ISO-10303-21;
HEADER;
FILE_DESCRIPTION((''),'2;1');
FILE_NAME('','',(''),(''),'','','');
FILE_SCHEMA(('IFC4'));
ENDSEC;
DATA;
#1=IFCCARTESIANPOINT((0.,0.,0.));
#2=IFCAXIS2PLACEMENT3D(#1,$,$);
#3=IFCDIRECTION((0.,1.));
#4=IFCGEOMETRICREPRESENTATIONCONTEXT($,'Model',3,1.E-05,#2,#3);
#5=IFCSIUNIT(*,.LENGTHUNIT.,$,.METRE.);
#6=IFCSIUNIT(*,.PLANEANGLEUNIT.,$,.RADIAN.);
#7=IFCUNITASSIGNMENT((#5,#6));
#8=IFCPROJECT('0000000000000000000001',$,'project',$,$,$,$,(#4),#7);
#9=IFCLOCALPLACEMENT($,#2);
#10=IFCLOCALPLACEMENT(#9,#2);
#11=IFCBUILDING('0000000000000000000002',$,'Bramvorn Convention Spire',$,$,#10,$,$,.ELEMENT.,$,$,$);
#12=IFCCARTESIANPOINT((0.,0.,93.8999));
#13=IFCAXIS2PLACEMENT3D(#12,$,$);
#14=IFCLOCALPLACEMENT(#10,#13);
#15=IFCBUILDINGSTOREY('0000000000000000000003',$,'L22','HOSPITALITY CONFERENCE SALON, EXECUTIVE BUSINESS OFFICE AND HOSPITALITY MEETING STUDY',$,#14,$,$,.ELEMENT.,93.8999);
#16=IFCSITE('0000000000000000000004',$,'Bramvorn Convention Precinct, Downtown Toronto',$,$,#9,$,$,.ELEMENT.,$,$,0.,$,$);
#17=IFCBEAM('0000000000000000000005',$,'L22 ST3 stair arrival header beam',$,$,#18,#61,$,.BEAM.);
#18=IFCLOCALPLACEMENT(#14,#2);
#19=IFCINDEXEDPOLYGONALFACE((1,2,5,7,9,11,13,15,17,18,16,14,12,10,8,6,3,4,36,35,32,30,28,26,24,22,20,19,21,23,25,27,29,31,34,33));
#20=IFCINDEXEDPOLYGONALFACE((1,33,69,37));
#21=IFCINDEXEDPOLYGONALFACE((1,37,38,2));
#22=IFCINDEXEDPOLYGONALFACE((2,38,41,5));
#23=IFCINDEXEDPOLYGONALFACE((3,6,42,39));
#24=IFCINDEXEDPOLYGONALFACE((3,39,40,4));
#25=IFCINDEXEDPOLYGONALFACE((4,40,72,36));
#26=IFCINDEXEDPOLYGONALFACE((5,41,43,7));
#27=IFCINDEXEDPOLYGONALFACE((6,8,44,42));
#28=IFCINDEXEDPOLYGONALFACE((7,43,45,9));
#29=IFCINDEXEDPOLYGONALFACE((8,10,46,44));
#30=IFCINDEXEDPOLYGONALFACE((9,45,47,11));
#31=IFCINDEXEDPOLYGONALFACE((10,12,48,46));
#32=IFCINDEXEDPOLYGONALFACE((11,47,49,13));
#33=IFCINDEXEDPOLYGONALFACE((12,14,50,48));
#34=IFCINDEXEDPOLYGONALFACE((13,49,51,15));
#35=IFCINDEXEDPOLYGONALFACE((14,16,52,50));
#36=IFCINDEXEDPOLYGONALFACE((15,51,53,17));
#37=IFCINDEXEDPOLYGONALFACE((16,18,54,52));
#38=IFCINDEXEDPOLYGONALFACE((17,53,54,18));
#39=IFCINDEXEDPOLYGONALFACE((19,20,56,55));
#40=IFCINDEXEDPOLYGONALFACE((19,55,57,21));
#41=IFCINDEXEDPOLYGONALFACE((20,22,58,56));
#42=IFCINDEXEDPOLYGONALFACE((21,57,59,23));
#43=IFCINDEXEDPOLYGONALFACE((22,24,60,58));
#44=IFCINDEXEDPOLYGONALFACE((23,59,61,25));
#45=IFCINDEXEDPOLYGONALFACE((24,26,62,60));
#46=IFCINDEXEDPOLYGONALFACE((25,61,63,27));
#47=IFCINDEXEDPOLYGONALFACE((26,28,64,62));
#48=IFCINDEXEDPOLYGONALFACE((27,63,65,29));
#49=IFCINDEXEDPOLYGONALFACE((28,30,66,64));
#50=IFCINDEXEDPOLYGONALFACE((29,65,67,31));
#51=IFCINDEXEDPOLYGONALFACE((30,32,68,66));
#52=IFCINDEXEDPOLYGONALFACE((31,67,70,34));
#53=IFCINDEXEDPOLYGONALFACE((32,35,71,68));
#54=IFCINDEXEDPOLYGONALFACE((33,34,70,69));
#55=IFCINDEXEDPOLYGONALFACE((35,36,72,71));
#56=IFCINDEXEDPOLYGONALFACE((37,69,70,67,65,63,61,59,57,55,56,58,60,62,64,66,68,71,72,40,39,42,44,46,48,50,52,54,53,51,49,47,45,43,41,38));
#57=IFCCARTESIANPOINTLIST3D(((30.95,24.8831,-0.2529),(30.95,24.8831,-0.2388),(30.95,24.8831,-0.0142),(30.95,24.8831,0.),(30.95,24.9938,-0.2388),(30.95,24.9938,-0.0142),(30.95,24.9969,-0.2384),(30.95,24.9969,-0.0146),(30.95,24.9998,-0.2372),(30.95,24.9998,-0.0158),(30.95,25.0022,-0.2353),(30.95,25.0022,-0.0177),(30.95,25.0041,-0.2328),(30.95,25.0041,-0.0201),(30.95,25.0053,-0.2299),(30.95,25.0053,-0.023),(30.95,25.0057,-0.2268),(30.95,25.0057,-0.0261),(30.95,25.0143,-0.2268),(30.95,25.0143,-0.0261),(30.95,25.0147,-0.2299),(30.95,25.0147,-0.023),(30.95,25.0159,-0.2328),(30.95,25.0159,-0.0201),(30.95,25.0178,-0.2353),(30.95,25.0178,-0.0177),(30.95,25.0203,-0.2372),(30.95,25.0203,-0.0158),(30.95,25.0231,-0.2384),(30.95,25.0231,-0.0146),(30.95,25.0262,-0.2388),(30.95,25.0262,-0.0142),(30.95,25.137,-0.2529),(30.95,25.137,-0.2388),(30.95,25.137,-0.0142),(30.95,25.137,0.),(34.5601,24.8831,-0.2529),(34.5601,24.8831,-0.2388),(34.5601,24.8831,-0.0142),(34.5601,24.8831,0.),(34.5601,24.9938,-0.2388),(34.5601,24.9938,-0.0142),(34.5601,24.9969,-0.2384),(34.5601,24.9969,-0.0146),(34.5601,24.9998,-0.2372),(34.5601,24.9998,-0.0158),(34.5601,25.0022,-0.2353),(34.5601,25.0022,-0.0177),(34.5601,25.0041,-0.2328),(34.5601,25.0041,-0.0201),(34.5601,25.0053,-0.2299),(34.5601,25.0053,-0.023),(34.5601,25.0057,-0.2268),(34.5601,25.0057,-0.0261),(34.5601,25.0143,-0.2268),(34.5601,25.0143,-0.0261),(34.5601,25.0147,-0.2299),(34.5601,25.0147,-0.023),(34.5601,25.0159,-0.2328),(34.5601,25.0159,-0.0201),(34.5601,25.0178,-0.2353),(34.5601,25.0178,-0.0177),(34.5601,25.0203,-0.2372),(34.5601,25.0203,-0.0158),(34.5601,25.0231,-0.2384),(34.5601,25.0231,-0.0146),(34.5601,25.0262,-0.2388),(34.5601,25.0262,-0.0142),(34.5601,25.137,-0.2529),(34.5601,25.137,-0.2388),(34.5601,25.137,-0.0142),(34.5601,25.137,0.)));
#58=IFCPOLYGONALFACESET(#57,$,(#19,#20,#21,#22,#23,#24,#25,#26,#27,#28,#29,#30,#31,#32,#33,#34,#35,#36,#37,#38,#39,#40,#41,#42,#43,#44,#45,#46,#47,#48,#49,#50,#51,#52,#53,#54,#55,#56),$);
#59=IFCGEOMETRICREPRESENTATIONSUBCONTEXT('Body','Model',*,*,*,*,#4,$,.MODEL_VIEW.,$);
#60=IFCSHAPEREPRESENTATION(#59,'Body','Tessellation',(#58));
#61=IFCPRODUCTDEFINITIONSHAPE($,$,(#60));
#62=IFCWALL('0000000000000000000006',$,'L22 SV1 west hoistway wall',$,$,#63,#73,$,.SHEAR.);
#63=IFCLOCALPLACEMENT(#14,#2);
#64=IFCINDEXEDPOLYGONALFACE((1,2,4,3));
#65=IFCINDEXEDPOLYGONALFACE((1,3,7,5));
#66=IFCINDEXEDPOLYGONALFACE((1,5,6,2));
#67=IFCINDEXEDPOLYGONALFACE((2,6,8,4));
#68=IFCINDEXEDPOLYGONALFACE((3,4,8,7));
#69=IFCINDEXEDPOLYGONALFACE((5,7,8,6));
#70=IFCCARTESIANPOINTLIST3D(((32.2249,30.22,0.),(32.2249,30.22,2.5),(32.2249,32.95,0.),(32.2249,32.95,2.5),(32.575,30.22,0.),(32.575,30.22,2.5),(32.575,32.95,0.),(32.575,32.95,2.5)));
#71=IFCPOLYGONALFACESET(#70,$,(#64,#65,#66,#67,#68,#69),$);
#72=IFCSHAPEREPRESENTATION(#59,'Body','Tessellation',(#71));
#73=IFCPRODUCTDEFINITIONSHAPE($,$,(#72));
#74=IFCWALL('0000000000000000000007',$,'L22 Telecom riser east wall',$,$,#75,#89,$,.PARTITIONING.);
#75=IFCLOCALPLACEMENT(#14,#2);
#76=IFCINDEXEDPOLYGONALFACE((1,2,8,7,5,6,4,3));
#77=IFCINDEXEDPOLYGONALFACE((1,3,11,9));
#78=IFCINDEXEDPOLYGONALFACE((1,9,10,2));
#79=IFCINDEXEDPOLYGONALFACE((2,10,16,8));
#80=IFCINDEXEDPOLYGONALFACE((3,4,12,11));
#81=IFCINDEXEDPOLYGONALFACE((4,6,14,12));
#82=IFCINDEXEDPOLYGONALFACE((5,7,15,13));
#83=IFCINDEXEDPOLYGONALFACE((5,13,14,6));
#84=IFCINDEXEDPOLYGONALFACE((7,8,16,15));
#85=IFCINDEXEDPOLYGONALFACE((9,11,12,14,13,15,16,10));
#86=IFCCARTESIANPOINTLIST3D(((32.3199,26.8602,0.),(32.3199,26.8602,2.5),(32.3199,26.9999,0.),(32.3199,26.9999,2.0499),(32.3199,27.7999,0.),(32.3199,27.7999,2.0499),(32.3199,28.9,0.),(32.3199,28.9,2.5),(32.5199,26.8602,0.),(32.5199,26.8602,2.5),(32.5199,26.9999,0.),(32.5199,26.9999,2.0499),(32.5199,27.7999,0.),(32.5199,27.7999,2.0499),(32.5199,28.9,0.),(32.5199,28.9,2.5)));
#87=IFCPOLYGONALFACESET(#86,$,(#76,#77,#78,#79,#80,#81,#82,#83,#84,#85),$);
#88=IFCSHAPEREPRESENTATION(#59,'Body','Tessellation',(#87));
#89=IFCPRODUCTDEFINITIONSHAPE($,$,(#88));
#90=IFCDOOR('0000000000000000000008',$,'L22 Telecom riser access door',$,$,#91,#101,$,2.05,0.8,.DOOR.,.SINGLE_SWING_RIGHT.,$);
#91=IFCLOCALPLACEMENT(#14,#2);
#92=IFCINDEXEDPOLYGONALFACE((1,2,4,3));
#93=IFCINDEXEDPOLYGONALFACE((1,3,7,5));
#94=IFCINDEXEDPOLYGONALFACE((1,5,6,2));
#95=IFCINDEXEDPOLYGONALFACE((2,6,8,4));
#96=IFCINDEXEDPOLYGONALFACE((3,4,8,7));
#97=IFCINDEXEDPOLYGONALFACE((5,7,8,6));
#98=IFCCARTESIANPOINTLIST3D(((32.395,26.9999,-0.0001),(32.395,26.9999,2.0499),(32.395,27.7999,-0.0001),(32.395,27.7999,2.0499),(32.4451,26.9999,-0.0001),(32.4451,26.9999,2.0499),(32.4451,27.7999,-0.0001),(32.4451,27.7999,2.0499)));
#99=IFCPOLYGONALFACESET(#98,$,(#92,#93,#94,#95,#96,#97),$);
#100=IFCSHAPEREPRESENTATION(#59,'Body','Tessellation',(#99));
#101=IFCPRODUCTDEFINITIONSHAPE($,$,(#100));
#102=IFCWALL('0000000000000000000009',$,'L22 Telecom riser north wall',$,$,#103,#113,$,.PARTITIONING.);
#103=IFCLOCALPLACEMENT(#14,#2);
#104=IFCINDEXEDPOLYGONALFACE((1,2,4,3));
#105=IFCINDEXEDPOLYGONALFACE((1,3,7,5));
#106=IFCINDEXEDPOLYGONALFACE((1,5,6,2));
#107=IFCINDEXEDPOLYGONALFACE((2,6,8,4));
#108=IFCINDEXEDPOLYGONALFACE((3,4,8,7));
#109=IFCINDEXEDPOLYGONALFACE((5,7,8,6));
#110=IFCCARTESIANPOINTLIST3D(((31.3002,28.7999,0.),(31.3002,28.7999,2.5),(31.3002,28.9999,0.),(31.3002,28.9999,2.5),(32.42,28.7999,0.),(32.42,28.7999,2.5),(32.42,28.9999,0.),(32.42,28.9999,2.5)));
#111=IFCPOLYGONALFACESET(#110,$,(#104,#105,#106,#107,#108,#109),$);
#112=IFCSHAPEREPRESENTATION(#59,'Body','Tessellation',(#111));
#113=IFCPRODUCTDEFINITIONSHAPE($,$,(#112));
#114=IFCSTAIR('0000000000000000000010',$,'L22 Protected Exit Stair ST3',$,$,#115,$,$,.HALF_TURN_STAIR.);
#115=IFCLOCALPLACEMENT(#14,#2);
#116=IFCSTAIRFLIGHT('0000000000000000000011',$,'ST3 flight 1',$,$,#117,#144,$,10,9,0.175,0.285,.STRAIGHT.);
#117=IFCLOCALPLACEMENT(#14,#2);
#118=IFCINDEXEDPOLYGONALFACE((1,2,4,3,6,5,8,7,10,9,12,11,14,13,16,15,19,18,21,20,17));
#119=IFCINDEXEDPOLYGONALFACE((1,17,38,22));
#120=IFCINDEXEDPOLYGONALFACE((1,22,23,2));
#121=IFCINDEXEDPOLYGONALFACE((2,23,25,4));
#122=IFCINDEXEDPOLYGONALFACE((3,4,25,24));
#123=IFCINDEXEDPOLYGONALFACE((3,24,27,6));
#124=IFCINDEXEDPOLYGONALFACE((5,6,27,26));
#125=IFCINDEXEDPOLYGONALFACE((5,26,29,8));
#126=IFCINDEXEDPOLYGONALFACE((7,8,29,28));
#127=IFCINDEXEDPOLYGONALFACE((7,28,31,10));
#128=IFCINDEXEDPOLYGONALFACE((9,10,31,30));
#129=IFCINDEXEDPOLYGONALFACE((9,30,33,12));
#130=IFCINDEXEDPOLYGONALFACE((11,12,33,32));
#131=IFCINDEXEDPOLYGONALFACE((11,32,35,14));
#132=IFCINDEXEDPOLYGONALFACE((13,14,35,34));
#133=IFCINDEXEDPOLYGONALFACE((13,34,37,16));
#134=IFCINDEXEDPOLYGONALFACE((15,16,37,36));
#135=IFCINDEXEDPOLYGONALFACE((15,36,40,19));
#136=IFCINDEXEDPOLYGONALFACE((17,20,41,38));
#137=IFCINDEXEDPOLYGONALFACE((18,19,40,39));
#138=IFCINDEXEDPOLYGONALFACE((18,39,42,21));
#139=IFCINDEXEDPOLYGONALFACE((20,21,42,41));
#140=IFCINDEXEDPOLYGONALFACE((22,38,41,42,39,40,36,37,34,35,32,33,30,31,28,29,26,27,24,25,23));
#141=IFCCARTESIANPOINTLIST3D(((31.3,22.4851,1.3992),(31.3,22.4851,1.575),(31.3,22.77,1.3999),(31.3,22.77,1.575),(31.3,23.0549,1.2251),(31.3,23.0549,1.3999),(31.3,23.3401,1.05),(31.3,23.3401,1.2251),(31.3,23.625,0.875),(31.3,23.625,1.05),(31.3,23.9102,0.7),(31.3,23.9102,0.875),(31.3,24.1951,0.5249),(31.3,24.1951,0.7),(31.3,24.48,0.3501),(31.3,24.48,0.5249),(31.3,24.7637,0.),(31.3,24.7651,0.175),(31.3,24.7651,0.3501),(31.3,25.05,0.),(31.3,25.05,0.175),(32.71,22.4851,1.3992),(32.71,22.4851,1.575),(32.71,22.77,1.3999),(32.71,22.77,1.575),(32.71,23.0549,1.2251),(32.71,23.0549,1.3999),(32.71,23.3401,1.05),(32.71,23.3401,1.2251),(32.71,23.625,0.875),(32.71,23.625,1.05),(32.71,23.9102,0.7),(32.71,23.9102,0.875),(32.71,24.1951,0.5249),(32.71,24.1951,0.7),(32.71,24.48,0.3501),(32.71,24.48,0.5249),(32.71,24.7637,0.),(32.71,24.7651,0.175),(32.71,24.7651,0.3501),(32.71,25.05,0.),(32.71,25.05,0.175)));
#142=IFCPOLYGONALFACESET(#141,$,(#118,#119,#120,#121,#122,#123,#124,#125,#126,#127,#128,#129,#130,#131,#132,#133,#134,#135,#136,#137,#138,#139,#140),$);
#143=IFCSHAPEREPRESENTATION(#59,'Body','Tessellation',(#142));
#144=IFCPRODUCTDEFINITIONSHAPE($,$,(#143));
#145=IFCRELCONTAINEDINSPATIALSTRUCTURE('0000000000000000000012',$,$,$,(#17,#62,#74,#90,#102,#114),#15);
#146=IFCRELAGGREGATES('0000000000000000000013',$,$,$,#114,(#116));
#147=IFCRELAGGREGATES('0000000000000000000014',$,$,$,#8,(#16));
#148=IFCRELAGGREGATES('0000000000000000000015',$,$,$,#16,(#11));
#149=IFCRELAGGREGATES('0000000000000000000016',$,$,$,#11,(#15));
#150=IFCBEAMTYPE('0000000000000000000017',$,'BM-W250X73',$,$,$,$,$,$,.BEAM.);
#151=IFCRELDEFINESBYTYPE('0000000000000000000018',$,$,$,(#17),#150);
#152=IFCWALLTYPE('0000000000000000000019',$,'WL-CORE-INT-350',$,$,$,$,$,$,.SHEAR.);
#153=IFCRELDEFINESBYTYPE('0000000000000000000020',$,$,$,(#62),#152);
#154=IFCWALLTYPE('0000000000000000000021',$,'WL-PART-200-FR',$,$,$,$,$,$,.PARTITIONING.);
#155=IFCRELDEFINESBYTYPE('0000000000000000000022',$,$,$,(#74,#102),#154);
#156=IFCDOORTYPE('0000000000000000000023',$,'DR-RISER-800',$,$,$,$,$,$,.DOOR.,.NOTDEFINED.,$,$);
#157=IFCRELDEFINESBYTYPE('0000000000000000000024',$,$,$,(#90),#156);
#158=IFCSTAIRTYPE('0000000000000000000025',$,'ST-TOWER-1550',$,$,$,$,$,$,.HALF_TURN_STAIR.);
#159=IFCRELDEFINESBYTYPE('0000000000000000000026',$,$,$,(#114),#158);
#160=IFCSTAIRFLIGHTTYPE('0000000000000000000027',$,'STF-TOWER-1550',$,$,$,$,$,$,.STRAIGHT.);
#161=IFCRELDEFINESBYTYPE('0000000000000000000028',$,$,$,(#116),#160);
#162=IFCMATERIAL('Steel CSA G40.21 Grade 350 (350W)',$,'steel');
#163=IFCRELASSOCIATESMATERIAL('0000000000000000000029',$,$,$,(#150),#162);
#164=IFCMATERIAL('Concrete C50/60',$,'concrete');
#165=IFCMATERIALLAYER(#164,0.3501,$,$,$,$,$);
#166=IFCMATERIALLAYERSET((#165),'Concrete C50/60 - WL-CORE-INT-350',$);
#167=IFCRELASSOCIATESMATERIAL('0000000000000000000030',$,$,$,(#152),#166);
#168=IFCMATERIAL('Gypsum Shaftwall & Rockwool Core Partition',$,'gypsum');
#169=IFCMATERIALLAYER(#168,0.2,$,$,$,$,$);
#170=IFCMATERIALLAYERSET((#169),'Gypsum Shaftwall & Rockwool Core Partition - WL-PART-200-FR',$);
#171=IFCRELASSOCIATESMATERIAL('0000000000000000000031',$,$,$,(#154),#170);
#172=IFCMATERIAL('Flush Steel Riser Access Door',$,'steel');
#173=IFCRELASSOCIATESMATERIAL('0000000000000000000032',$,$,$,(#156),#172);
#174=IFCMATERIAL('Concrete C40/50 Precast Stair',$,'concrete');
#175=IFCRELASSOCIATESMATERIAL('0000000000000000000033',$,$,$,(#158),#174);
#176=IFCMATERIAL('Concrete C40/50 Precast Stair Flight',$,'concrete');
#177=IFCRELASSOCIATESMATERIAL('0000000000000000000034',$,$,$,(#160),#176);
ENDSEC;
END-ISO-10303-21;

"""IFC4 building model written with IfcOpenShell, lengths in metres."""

from ifc_helpers import new_model, si_unit, direction, frame, frame_2d, origin, origin_2d, place, context, subcontext, project, spatial, polyline, rectangle, i_section, outline, extrude, material, layer, layer_set, material_profile, profile_set, type_object, element, fill, aggregate, save


model = new_model("IFC4")

# Units and contexts
model_context = context("Model", 3, precision=1e-05, world=origin(), true_north=direction((0.0, 1.0)))
body_context = subcontext(model_context, "Body", "Model", "MODEL_VIEW")
ifc_project = project(units=[si_unit("LENGTHUNIT", "METRE"), si_unit("PLANEANGLEUNIT", "RADIAN")], contexts=[model_context])

# Site, building, storey
site_placement = place(None, origin())
site = spatial("IfcSite", under=ifc_project, at=site_placement, Name="Bramvorn Convention Precinct, Downtown Toronto", CompositionType="ELEMENT", RefElevation=0.0)
building_placement = place(site_placement, origin())
building = spatial("IfcBuilding", under=site, at=building_placement, Name="Bramvorn Convention Spire", CompositionType="ELEMENT")
storey_placement = place(building_placement, frame((0.0, 0.0, 93.8999)))
storey = spatial("IfcBuildingStorey", under=building, at=storey_placement, Name="L22", Description="HOSPITALITY CONFERENCE SALON, EXECUTIVE BUSINESS OFFICE AND HOSPITALITY MEETING STUDY", CompositionType="ELEMENT", Elevation=93.8999)

# Beam
ifc_material_1 = material(Name="Steel CSA G40.21 Grade 350 (350W)", Category="steel")
ifc_material_profile = material_profile(ifc_material_1, i_section(OverallWidth=0.2539, OverallDepth=0.2529, WebThickness=0.0085, FlangeThickness=0.0142, FilletRadius=0.012, at=origin_2d()))
ifc_profile_set = profile_set([ifc_material_profile], Name="Steel CSA G40.21 Grade 350 (350W) - W250X73")
beam_type = type_object("IfcBeamType", Name="BM-W250X73", PredefinedType="BEAM", material=ifc_profile_set)
beam_placement = place(storey_placement, frame((30.95, 25.01, -0.1265), z_axis=(1.0, 0.0, 0.0), x_axis=(0.0, 1.0, 0.0)))
element("IfcBeam", 1, at=beam_placement, inside=storey, type_object=beam_type, Name="L22 ST3 stair arrival header beam", PredefinedType="BEAM", context=body_context, shape_type="SweptSolid", body=[
    extrude(i_section(OverallWidth=0.2539, OverallDepth=0.2529, WebThickness=0.0085, FlangeThickness=0.0142, FilletRadius=0.012, at=origin_2d()), origin(), (0.0, 0.0, 1.0), 3.6101),
])

# Shared definitions
ifc_material_2 = material(Name="Concrete C50/60", Category="concrete")
ifc_layer_1 = layer(ifc_material_2, 0.3501)
ifc_layer_set_1 = layer_set([ifc_layer_1], Name="Concrete C50/60 - WL-CORE-INT-350")
wall_type_1 = type_object("IfcWallType", Name="WL-CORE-INT-350", PredefinedType="SHEAR", material=ifc_layer_set_1)

# Wall
wall_1_placement = place(storey_placement, frame((32.3999, 30.22, 0.0), z_axis=(0.0, 0.0, 1.0), x_axis=(0.0, 1.0, 0.0)))
element("IfcWall", 2, at=wall_1_placement, inside=storey, type_object=wall_type_1, Name="L22 SV1 west hoistway wall", PredefinedType="SHEAR", context=body_context, shape_type="SweptSolid", body=[
    extrude(rectangle(XDim=2.73, YDim=0.3501, at=frame_2d((1.365, 0.0))), origin(), (0.0, 0.0, 1.0), 2.5),
])

# Wall, opening, door
ifc_material_3 = material(Name="Gypsum Shaftwall & Rockwool Core Partition", Category="gypsum")
ifc_layer_2 = layer(ifc_material_3, 0.2)
ifc_layer_set_2 = layer_set([ifc_layer_2], Name="Gypsum Shaftwall & Rockwool Core Partition - WL-PART-200-FR")
wall_type_2 = type_object("IfcWallType", Name="WL-PART-200-FR", PredefinedType="PARTITIONING", material=ifc_layer_set_2)
wall_2_placement = place(storey_placement, frame((32.4199, 26.8601, 0.0), z_axis=(0.0, 0.0, 1.0), x_axis=(0.0, 1.0, 0.0)))
wall_2 = element("IfcWall", 3, at=wall_2_placement, inside=storey, type_object=wall_type_2, Name="L22 Telecom riser east wall", PredefinedType="PARTITIONING", context=body_context, shape_type="SweptSolid", body=[
    extrude(rectangle(XDim=2.0398, YDim=0.2, at=frame_2d((1.02, 0.0))), origin(), (0.0, 0.0, 1.0), 2.5),
])
opening_1_placement = place(wall_2_placement, frame((0.1399, 0.0, 0.0)))
opening_1 = element("IfcOpeningElement", 4, at=opening_1_placement, cuts=wall_2, PredefinedType="OPENING", context=body_context, shape_type="SweptSolid", body=[
    extrude(rectangle(XDim=0.8, YDim=2.05, at=frame_2d((0.3999, 1.0249))), frame((0.0, 0.1099, 0.0), z_axis=(0.0, -1.0, 0.0), x_axis=(1.0, 0.0, 0.0)), (0.0, 0.0, 1.0), 0.22),
])
ifc_material_4 = material(Name="Flush Steel Riser Access Door", Category="steel")
door_type_1 = type_object("IfcDoorType", Name="DR-RISER-800", OperationType="NOTDEFINED", PredefinedType="DOOR", material=ifc_material_4)
door_1_placement = place(opening_1_placement, origin())
door_1 = element("IfcDoor", 5, at=door_1_placement, inside=storey, type_object=door_type_1, Name="L22 Telecom riser access door", OperationType="SINGLE_SWING_RIGHT", OverallHeight=2.05, OverallWidth=0.8, PredefinedType="DOOR", context=body_context, shape_type="SweptSolid", body=[
    extrude(rectangle(XDim=0.8, YDim=2.05, at=frame_2d((0.3999, 1.0249))), frame((0.0, 0.0249, 0.0), z_axis=(0.0, -1.0, 0.0), x_axis=(1.0, 0.0, 0.0)), (0.0, 0.0, 1.0), 0.05),
])
fill(opening_1, door_1)

# Wall
wall_3_placement = place(storey_placement, frame((31.3, 28.8999, 0.0), z_axis=(0.0, 0.0, 1.0), x_axis=(1.0, 0.0, 0.0)))
element("IfcWall", 6, at=wall_3_placement, inside=storey, type_object=wall_type_2, Name="L22 Telecom riser north wall", PredefinedType="PARTITIONING", context=body_context, shape_type="SweptSolid", body=[
    extrude(rectangle(XDim=1.1199, YDim=0.2, at=frame_2d((0.5601, 0.0))), origin(), (0.0, 0.0, 1.0), 2.5),
])

# Stair, stair flight
ifc_material_5 = material(Name="Concrete C40/50 Precast Stair", Category="concrete")
stair_type = type_object("IfcStairType", Name="ST-TOWER-1550", PredefinedType="HALF_TURN_STAIR", material=ifc_material_5)
stair_placement = place(storey_placement, origin())
stair = element("IfcStair", 7, at=stair_placement, inside=storey, type_object=stair_type, Name="L22 Protected Exit Stair ST3", PredefinedType="HALF_TURN_STAIR")
ifc_material_6 = material(Name="Concrete C40/50 Precast Stair Flight", Category="concrete")
stair_flight_type = type_object("IfcStairFlightType", Name="STF-TOWER-1550", PredefinedType="STRAIGHT", material=ifc_material_6)
stair_flight_placement = place(storey_placement, frame((32.0049, 25.05, 0.0), z_axis=(0.0, 0.0, 1.0), x_axis=(0.0, -1.0, 0.0)))
stair_flight = element("IfcStairFlight", 8, at=stair_flight_placement, type_object=stair_flight_type, Name="ST3 flight 1", NumberOfRisers=10, NumberOfTreads=9, PredefinedType="STRAIGHT", RiserHeight=0.175, TreadLength=0.285, context=body_context, shape_type="SweptSolid", body=[
    extrude(outline(polyline([(0.0, 0.0), (0.0, 0.175), (0.2849, 0.175), (0.2849, 0.3501), (0.5701, 0.3501), (0.5701, 0.5249), (0.855, 0.5249), (0.855, 0.7), (1.1399, 0.7), (1.1399, 0.875), (1.425, 0.875), (1.425, 1.05), (1.71, 1.05), (1.71, 1.2251), (1.9951, 1.2251), (1.9951, 1.3999), (2.28, 1.3999), (2.28, 1.575), (2.5649, 1.575), (2.5649, 1.75), (2.5649, 1.3992), (0.2864, 0.0), (0.0, 0.0)])), frame((0.0, 0.7051, 0.0), z_axis=(0.0, -1.0, 0.0), x_axis=(1.0, 0.0, 0.0)), (0.0, 0.0, 1.0), 1.4099),
])
aggregate(stair, [stair_flight])

save(model, "model.ifc")
